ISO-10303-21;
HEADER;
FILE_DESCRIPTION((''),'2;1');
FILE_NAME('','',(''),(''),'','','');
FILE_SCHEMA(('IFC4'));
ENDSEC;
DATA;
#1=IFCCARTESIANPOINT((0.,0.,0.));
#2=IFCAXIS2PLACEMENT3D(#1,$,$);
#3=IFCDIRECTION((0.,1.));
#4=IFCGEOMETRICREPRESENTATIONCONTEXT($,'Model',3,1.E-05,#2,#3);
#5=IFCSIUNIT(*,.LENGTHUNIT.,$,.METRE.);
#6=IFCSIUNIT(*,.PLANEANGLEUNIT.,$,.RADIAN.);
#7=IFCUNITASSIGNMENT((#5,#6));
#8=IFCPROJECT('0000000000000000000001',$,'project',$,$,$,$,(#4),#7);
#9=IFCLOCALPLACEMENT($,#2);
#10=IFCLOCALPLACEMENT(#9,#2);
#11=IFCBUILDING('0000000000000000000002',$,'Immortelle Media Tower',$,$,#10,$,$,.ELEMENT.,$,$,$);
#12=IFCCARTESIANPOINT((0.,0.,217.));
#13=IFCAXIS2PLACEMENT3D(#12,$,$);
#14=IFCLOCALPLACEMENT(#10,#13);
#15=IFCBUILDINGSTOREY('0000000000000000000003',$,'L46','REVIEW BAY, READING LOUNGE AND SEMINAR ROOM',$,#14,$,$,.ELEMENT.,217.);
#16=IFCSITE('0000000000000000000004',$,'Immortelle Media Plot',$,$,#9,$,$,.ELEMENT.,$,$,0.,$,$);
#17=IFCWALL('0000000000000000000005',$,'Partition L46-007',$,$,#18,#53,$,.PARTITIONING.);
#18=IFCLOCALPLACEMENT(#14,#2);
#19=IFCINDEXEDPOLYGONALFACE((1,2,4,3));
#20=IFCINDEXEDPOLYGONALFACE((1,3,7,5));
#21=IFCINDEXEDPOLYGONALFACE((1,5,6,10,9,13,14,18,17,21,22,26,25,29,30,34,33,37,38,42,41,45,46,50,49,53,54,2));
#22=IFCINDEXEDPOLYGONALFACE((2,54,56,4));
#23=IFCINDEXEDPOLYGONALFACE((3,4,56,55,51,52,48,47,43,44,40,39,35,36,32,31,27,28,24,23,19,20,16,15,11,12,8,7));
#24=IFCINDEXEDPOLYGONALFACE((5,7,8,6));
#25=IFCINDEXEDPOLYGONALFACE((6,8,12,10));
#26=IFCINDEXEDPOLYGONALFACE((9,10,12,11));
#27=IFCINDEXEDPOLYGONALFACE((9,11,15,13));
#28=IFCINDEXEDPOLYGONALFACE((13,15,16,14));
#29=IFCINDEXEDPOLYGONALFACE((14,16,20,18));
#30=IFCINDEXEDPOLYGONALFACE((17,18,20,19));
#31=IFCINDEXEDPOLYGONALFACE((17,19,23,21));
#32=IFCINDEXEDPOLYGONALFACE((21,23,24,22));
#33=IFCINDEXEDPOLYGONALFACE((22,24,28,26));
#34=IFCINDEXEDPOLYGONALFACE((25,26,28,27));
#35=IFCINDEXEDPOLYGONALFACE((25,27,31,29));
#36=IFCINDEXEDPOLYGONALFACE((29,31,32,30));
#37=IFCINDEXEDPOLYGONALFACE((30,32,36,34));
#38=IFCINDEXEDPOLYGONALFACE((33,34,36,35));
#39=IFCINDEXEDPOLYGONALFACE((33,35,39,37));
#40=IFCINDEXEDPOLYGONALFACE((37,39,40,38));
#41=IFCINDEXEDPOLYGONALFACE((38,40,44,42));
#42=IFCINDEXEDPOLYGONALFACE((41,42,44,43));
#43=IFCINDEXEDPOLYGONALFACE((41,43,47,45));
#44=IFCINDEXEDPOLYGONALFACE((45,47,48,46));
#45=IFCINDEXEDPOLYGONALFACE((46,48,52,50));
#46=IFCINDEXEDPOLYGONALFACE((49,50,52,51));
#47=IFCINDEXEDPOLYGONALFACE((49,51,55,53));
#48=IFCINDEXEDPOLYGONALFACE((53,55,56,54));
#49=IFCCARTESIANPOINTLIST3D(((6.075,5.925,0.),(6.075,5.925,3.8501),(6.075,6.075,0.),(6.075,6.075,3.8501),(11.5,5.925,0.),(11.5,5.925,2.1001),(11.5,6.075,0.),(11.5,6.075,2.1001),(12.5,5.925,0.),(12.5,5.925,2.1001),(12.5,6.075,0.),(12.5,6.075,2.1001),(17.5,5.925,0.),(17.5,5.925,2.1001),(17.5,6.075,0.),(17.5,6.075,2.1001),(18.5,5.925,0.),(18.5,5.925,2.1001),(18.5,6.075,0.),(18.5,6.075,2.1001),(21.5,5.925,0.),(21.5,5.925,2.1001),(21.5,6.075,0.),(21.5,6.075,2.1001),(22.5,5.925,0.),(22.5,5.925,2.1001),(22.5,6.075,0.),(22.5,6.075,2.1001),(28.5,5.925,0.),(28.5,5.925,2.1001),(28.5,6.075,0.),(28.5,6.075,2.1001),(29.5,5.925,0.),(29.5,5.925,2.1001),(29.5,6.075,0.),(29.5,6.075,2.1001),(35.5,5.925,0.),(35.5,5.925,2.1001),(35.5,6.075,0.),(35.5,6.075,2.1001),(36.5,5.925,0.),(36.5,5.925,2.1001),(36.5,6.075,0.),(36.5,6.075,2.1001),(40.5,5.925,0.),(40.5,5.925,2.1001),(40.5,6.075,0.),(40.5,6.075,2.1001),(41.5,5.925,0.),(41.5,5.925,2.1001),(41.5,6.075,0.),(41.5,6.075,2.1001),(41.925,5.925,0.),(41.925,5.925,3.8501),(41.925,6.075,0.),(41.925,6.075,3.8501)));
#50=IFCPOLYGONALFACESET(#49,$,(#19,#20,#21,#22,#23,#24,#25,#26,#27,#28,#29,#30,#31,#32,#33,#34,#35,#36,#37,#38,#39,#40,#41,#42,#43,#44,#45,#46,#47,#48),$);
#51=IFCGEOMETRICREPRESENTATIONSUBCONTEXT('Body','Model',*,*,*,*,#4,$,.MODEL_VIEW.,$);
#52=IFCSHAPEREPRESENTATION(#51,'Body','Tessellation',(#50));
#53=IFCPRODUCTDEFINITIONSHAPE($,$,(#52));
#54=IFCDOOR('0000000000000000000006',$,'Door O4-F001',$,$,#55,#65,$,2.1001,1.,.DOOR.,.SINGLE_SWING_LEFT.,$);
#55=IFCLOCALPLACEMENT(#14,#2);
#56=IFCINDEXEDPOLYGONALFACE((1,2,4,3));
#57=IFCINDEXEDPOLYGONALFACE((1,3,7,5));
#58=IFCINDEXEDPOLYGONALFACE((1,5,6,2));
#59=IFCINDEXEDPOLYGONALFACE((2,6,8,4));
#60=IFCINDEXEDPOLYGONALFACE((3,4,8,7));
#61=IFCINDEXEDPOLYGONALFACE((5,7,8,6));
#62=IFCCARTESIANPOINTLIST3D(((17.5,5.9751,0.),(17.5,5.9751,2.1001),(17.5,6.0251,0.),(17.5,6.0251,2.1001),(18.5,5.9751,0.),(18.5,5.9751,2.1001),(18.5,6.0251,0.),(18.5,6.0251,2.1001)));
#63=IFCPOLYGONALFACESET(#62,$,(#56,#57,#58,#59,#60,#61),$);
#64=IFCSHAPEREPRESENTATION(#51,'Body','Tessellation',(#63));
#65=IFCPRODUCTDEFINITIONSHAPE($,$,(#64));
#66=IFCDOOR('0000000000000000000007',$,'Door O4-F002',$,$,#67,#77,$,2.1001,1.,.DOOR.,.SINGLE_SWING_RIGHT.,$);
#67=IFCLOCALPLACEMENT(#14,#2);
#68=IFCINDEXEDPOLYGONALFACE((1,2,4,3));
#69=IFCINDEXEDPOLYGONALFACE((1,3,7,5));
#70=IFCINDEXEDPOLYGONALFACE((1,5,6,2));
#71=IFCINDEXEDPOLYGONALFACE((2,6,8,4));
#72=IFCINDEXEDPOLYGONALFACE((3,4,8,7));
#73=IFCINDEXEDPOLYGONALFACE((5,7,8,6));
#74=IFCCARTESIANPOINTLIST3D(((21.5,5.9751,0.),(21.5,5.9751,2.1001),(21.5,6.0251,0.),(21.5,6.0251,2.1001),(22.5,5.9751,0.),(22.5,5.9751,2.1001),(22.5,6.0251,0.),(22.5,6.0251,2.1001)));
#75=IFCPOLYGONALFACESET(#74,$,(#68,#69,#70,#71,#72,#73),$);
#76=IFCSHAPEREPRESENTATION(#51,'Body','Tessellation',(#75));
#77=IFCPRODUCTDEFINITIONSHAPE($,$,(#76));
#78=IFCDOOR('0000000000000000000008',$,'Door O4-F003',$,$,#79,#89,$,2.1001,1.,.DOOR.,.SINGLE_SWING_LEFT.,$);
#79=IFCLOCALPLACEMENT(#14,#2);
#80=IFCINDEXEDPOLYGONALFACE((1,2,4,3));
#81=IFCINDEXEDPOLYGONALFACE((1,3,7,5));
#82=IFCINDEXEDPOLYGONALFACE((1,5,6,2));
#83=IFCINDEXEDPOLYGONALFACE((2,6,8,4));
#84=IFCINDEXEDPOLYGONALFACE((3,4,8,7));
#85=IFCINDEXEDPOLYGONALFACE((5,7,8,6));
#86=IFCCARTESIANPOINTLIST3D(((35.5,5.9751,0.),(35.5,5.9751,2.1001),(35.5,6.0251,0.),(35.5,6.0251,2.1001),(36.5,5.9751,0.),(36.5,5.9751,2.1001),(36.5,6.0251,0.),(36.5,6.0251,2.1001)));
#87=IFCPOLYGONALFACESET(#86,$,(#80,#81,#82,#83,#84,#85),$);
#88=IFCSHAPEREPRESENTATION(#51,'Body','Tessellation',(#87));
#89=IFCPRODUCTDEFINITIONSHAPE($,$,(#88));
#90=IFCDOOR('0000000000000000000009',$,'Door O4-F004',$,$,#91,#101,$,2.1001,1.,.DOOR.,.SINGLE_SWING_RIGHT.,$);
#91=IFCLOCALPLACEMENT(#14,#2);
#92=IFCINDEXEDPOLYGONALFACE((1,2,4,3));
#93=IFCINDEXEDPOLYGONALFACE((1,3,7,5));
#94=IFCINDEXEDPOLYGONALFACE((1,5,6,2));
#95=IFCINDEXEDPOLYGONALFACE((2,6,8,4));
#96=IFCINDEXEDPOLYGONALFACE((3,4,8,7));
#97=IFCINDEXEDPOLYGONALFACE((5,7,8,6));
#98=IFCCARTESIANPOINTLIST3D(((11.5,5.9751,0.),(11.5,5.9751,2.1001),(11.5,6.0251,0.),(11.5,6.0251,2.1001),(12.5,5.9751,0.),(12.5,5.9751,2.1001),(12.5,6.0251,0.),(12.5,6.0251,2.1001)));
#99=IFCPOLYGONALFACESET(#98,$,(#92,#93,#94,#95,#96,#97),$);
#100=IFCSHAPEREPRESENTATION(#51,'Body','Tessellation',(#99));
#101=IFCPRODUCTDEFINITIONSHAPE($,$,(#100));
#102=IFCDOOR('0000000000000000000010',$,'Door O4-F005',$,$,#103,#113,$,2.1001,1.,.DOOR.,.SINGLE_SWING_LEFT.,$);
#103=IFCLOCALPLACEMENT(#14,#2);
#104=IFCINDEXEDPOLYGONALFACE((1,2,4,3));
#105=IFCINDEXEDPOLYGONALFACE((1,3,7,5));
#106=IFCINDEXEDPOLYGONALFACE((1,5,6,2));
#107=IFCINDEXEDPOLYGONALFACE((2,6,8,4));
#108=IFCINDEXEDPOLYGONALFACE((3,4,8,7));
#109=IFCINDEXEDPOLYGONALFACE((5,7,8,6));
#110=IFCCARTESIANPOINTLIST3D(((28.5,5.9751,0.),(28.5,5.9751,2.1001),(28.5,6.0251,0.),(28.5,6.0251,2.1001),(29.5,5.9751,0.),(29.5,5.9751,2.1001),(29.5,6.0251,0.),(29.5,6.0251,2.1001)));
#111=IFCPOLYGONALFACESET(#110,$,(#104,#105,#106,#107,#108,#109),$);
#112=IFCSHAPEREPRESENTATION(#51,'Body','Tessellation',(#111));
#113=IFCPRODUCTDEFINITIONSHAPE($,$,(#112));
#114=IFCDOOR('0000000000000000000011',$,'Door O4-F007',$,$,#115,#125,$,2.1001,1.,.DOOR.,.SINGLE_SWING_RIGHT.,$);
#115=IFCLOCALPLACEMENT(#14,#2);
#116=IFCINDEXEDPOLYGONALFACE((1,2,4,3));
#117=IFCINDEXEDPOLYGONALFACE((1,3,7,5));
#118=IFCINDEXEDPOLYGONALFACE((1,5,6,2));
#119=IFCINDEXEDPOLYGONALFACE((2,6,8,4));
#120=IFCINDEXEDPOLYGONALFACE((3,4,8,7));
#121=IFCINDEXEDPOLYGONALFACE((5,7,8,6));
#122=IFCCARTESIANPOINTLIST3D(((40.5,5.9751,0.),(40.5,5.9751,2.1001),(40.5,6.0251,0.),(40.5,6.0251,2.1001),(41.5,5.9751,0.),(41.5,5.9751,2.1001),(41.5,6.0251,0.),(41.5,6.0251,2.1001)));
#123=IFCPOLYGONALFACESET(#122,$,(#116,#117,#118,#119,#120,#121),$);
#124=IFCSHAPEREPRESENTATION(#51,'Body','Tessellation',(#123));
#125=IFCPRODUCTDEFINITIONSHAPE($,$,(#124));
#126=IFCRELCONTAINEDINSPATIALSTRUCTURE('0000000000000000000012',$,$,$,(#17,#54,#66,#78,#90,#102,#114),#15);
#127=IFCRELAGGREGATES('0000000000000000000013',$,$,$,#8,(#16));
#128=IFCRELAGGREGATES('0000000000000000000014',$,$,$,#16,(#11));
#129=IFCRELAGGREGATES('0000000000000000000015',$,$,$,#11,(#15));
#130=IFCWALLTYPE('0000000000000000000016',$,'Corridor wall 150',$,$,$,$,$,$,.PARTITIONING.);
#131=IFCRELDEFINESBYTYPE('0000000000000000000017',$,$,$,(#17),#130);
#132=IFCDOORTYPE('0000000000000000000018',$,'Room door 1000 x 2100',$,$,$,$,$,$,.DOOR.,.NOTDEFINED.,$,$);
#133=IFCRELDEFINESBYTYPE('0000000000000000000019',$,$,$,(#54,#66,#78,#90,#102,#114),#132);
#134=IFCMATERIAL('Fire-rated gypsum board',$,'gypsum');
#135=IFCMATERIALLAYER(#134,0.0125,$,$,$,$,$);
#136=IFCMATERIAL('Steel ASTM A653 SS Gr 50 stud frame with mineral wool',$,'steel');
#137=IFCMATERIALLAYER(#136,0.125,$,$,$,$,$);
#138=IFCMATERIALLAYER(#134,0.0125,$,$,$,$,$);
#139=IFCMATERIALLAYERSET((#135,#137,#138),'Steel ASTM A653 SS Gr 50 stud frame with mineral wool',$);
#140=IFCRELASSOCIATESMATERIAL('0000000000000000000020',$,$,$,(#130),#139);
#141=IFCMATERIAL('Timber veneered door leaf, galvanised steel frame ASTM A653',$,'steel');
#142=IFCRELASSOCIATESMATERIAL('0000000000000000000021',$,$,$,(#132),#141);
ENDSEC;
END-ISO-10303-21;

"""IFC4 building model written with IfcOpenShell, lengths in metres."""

from ifc_helpers import new_model, si_unit, direction, frame, frame_2d, origin, place, context, subcontext, project, spatial, rectangle, extrude, material, layer, layer_set, type_object, element, fill, save


model = new_model("IFC4")

# Units and contexts
model_context = context("Model", 3, precision=1e-05, world=origin(), true_north=direction((0.0, 1.0)))
body_context = subcontext(model_context, "Body", "Model", "MODEL_VIEW")
ifc_project = project(units=[si_unit("LENGTHUNIT", "METRE"), si_unit("PLANEANGLEUNIT", "RADIAN")], contexts=[model_context])

# Site, building, storey
site_placement = place(None, origin())
site = spatial("IfcSite", under=ifc_project, at=site_placement, Name="Immortelle Media Plot", CompositionType="ELEMENT", RefElevation=0.0)
building_placement = place(site_placement, origin())
building = spatial("IfcBuilding", under=site, at=building_placement, Name="Immortelle Media Tower", CompositionType="ELEMENT")
storey_placement = place(building_placement, frame((0.0, 0.0, 217.0)))
storey = spatial("IfcBuildingStorey", under=building, at=storey_placement, Name="L46", Description="REVIEW BAY, READING LOUNGE AND SEMINAR ROOM", CompositionType="ELEMENT", Elevation=217.0)

# Wall, openings, doors
ifc_material_1 = material(Name="Fire-rated gypsum board", Category="gypsum")
ifc_layer_1 = layer(ifc_material_1, 0.0125)
ifc_material_2 = material(Name="Steel ASTM A653 SS Gr 50 stud frame with mineral wool", Category="steel")
ifc_layer_2 = layer(ifc_material_2, 0.125)
ifc_layer_3 = layer(ifc_material_1, 0.0125)
ifc_layer_set_1 = layer_set([ifc_layer_1, ifc_layer_2, ifc_layer_3], Name="Steel ASTM A653 SS Gr 50 stud frame with mineral wool")
wall_type_1 = type_object("IfcWallType", Name="Corridor wall 150", PredefinedType="PARTITIONING", material=ifc_layer_set_1)
wall_1_placement = place(storey_placement, frame((6.075, 6.0, 0.0), z_axis=(0.0, 0.0, 1.0), x_axis=(1.0, 0.0, 0.0)))
wall_1 = element("IfcWall", 1, at=wall_1_placement, inside=storey, type_object=wall_type_1, Name="Partition L46-007", PredefinedType="PARTITIONING", context=body_context, shape_type="SweptSolid", body=[
    extrude(rectangle(XDim=35.8501, YDim=0.1499, at=frame_2d((17.925, 0.0))), origin(), (0.0, 0.0, 1.0), 3.8501),
])
opening_1_placement = place(wall_1_placement, frame((12.425, 0.0, 0.0), z_axis=(0.0, 0.0, 1.0), x_axis=(-1.0, 0.0, 0.0)))
opening_1 = element("IfcOpeningElement", 2, at=opening_1_placement, cuts=wall_1, PredefinedType="OPENING", context=body_context, shape_type="SweptSolid", body=[
    extrude(rectangle(XDim=1.0, YDim=2.1001, at=frame_2d((0.5, 1.05))), frame((0.0, 0.085, 0.0), z_axis=(0.0, -1.0, 0.0), x_axis=(1.0, 0.0, 0.0)), (0.0, 0.0, 1.0), 0.1699),
])
opening_2_placement = place(wall_1_placement, frame((16.425, 0.0, 0.0), z_axis=(0.0, 0.0, 1.0), x_axis=(-1.0, 0.0, 0.0)))
opening_2 = element("IfcOpeningElement", 3, at=opening_2_placement, cuts=wall_1, PredefinedType="OPENING", context=body_context, shape_type="SweptSolid", body=[
    extrude(rectangle(XDim=1.0, YDim=2.1001, at=frame_2d((0.5, 1.05))), frame((0.0, 0.085, 0.0), z_axis=(0.0, -1.0, 0.0), x_axis=(1.0, 0.0, 0.0)), (0.0, 0.0, 1.0), 0.1699),
])
opening_3_placement = place(wall_1_placement, frame((30.425, 0.0, 0.0), z_axis=(0.0, 0.0, 1.0), x_axis=(-1.0, 0.0, 0.0)))
opening_3 = element("IfcOpeningElement", 4, at=opening_3_placement, cuts=wall_1, PredefinedType="OPENING", context=body_context, shape_type="SweptSolid", body=[
    extrude(rectangle(XDim=1.0, YDim=2.1001, at=frame_2d((0.5, 1.05))), frame((0.0, 0.085, 0.0), z_axis=(0.0, -1.0, 0.0), x_axis=(1.0, 0.0, 0.0)), (0.0, 0.0, 1.0), 0.1699),
])
opening_4_placement = place(wall_1_placement, frame((6.425, 0.0, 0.0), z_axis=(0.0, 0.0, 1.0), x_axis=(-1.0, 0.0, 0.0)))
opening_4 = element("IfcOpeningElement", 5, at=opening_4_placement, cuts=wall_1, PredefinedType="OPENING", context=body_context, shape_type="SweptSolid", body=[
    extrude(rectangle(XDim=1.0, YDim=2.1001, at=frame_2d((0.5, 1.05))), frame((0.0, 0.085, 0.0), z_axis=(0.0, -1.0, 0.0), x_axis=(1.0, 0.0, 0.0)), (0.0, 0.0, 1.0), 0.1699),
])
opening_5_placement = place(wall_1_placement, frame((23.425, 0.0, 0.0), z_axis=(0.0, 0.0, 1.0), x_axis=(-1.0, 0.0, 0.0)))
opening_5 = element("IfcOpeningElement", 6, at=opening_5_placement, cuts=wall_1, PredefinedType="OPENING", context=body_context, shape_type="SweptSolid", body=[
    extrude(rectangle(XDim=1.0, YDim=2.1001, at=frame_2d((0.5, 1.05))), frame((0.0, 0.085, 0.0), z_axis=(0.0, -1.0, 0.0), x_axis=(1.0, 0.0, 0.0)), (0.0, 0.0, 1.0), 0.1699),
])
opening_6_placement = place(wall_1_placement, frame((35.425, 0.0, 0.0), z_axis=(0.0, 0.0, 1.0), x_axis=(-1.0, 0.0, 0.0)))
opening_6 = element("IfcOpeningElement", 7, at=opening_6_placement, cuts=wall_1, PredefinedType="OPENING", context=body_context, shape_type="SweptSolid", body=[
    extrude(rectangle(XDim=1.0, YDim=2.1001, at=frame_2d((0.5, 1.05))), frame((0.0, 0.085, 0.0), z_axis=(0.0, -1.0, 0.0), x_axis=(1.0, 0.0, 0.0)), (0.0, 0.0, 1.0), 0.1699),
])
ifc_material_3 = material(Name="Timber veneered door leaf, galvanised steel frame ASTM A653", Category="steel")
door_type = type_object("IfcDoorType", Name="Room door 1000 x 2100", OperationType="NOTDEFINED", PredefinedType="DOOR", material=ifc_material_3)
door_1_placement = place(opening_1_placement, origin())
door_1 = element("IfcDoor", 8, at=door_1_placement, inside=storey, type_object=door_type, Name="Door O4-F001", OperationType="SINGLE_SWING_LEFT", OverallHeight=2.1001, OverallWidth=1.0, PredefinedType="DOOR", context=body_context, shape_type="SweptSolid", body=[
    extrude(rectangle(XDim=1.0, YDim=2.1001, at=frame_2d((0.5, 1.05))), frame((0.0, 0.0249, 0.0), z_axis=(0.0, -1.0, 0.0), x_axis=(1.0, 0.0, 0.0)), (0.0, 0.0, 1.0), 0.05),
])
fill(opening_1, door_1)
door_2_placement = place(opening_2_placement, origin())
door_2 = element("IfcDoor", 9, at=door_2_placement, inside=storey, type_object=door_type, Name="Door O4-F002", OperationType="SINGLE_SWING_RIGHT", OverallHeight=2.1001, OverallWidth=1.0, PredefinedType="DOOR", context=body_context, shape_type="SweptSolid", body=[
    extrude(rectangle(XDim=1.0, YDim=2.1001, at=frame_2d((0.5, 1.05))), frame((0.0, 0.0249, 0.0), z_axis=(0.0, -1.0, 0.0), x_axis=(1.0, 0.0, 0.0)), (0.0, 0.0, 1.0), 0.05),
])
fill(opening_2, door_2)
door_3_placement = place(opening_3_placement, origin())
door_3 = element("IfcDoor", 10, at=door_3_placement, inside=storey, type_object=door_type, Name="Door O4-F003", OperationType="SINGLE_SWING_LEFT", OverallHeight=2.1001, OverallWidth=1.0, PredefinedType="DOOR", context=body_context, shape_type="SweptSolid", body=[
    extrude(rectangle(XDim=1.0, YDim=2.1001, at=frame_2d((0.5, 1.05))), frame((0.0, 0.0249, 0.0), z_axis=(0.0, -1.0, 0.0), x_axis=(1.0, 0.0, 0.0)), (0.0, 0.0, 1.0), 0.05),
])
fill(opening_3, door_3)
door_4_placement = place(opening_4_placement, origin())
door_4 = element("IfcDoor", 11, at=door_4_placement, inside=storey, type_object=door_type, Name="Door O4-F004", OperationType="SINGLE_SWING_RIGHT", OverallHeight=2.1001, OverallWidth=1.0, PredefinedType="DOOR", context=body_context, shape_type="SweptSolid", body=[
    extrude(rectangle(XDim=1.0, YDim=2.1001, at=frame_2d((0.5, 1.05))), frame((0.0, 0.0249, 0.0), z_axis=(0.0, -1.0, 0.0), x_axis=(1.0, 0.0, 0.0)), (0.0, 0.0, 1.0), 0.05),
])
fill(opening_4, door_4)
door_5_placement = place(opening_5_placement, origin())
door_5 = element("IfcDoor", 12, at=door_5_placement, inside=storey, type_object=door_type, Name="Door O4-F005", OperationType="SINGLE_SWING_LEFT", OverallHeight=2.1001, OverallWidth=1.0, PredefinedType="DOOR", context=body_context, shape_type="SweptSolid", body=[
    extrude(rectangle(XDim=1.0, YDim=2.1001, at=frame_2d((0.5, 1.05))), frame((0.0, 0.0249, 0.0), z_axis=(0.0, -1.0, 0.0), x_axis=(1.0, 0.0, 0.0)), (0.0, 0.0, 1.0), 0.05),
])
fill(opening_5, door_5)
door_6_placement = place(opening_6_placement, origin())
door_6 = element("IfcDoor", 13, at=door_6_placement, inside=storey, type_object=door_type, Name="Door O4-F007", OperationType="SINGLE_SWING_RIGHT", OverallHeight=2.1001, OverallWidth=1.0, PredefinedType="DOOR", context=body_context, shape_type="SweptSolid", body=[
    extrude(rectangle(XDim=1.0, YDim=2.1001, at=frame_2d((0.5, 1.05))), frame((0.0, 0.0249, 0.0), z_axis=(0.0, -1.0, 0.0), x_axis=(1.0, 0.0, 0.0)), (0.0, 0.0, 1.0), 0.05),
])
fill(opening_6, door_6)

save(model, "model.ifc")
